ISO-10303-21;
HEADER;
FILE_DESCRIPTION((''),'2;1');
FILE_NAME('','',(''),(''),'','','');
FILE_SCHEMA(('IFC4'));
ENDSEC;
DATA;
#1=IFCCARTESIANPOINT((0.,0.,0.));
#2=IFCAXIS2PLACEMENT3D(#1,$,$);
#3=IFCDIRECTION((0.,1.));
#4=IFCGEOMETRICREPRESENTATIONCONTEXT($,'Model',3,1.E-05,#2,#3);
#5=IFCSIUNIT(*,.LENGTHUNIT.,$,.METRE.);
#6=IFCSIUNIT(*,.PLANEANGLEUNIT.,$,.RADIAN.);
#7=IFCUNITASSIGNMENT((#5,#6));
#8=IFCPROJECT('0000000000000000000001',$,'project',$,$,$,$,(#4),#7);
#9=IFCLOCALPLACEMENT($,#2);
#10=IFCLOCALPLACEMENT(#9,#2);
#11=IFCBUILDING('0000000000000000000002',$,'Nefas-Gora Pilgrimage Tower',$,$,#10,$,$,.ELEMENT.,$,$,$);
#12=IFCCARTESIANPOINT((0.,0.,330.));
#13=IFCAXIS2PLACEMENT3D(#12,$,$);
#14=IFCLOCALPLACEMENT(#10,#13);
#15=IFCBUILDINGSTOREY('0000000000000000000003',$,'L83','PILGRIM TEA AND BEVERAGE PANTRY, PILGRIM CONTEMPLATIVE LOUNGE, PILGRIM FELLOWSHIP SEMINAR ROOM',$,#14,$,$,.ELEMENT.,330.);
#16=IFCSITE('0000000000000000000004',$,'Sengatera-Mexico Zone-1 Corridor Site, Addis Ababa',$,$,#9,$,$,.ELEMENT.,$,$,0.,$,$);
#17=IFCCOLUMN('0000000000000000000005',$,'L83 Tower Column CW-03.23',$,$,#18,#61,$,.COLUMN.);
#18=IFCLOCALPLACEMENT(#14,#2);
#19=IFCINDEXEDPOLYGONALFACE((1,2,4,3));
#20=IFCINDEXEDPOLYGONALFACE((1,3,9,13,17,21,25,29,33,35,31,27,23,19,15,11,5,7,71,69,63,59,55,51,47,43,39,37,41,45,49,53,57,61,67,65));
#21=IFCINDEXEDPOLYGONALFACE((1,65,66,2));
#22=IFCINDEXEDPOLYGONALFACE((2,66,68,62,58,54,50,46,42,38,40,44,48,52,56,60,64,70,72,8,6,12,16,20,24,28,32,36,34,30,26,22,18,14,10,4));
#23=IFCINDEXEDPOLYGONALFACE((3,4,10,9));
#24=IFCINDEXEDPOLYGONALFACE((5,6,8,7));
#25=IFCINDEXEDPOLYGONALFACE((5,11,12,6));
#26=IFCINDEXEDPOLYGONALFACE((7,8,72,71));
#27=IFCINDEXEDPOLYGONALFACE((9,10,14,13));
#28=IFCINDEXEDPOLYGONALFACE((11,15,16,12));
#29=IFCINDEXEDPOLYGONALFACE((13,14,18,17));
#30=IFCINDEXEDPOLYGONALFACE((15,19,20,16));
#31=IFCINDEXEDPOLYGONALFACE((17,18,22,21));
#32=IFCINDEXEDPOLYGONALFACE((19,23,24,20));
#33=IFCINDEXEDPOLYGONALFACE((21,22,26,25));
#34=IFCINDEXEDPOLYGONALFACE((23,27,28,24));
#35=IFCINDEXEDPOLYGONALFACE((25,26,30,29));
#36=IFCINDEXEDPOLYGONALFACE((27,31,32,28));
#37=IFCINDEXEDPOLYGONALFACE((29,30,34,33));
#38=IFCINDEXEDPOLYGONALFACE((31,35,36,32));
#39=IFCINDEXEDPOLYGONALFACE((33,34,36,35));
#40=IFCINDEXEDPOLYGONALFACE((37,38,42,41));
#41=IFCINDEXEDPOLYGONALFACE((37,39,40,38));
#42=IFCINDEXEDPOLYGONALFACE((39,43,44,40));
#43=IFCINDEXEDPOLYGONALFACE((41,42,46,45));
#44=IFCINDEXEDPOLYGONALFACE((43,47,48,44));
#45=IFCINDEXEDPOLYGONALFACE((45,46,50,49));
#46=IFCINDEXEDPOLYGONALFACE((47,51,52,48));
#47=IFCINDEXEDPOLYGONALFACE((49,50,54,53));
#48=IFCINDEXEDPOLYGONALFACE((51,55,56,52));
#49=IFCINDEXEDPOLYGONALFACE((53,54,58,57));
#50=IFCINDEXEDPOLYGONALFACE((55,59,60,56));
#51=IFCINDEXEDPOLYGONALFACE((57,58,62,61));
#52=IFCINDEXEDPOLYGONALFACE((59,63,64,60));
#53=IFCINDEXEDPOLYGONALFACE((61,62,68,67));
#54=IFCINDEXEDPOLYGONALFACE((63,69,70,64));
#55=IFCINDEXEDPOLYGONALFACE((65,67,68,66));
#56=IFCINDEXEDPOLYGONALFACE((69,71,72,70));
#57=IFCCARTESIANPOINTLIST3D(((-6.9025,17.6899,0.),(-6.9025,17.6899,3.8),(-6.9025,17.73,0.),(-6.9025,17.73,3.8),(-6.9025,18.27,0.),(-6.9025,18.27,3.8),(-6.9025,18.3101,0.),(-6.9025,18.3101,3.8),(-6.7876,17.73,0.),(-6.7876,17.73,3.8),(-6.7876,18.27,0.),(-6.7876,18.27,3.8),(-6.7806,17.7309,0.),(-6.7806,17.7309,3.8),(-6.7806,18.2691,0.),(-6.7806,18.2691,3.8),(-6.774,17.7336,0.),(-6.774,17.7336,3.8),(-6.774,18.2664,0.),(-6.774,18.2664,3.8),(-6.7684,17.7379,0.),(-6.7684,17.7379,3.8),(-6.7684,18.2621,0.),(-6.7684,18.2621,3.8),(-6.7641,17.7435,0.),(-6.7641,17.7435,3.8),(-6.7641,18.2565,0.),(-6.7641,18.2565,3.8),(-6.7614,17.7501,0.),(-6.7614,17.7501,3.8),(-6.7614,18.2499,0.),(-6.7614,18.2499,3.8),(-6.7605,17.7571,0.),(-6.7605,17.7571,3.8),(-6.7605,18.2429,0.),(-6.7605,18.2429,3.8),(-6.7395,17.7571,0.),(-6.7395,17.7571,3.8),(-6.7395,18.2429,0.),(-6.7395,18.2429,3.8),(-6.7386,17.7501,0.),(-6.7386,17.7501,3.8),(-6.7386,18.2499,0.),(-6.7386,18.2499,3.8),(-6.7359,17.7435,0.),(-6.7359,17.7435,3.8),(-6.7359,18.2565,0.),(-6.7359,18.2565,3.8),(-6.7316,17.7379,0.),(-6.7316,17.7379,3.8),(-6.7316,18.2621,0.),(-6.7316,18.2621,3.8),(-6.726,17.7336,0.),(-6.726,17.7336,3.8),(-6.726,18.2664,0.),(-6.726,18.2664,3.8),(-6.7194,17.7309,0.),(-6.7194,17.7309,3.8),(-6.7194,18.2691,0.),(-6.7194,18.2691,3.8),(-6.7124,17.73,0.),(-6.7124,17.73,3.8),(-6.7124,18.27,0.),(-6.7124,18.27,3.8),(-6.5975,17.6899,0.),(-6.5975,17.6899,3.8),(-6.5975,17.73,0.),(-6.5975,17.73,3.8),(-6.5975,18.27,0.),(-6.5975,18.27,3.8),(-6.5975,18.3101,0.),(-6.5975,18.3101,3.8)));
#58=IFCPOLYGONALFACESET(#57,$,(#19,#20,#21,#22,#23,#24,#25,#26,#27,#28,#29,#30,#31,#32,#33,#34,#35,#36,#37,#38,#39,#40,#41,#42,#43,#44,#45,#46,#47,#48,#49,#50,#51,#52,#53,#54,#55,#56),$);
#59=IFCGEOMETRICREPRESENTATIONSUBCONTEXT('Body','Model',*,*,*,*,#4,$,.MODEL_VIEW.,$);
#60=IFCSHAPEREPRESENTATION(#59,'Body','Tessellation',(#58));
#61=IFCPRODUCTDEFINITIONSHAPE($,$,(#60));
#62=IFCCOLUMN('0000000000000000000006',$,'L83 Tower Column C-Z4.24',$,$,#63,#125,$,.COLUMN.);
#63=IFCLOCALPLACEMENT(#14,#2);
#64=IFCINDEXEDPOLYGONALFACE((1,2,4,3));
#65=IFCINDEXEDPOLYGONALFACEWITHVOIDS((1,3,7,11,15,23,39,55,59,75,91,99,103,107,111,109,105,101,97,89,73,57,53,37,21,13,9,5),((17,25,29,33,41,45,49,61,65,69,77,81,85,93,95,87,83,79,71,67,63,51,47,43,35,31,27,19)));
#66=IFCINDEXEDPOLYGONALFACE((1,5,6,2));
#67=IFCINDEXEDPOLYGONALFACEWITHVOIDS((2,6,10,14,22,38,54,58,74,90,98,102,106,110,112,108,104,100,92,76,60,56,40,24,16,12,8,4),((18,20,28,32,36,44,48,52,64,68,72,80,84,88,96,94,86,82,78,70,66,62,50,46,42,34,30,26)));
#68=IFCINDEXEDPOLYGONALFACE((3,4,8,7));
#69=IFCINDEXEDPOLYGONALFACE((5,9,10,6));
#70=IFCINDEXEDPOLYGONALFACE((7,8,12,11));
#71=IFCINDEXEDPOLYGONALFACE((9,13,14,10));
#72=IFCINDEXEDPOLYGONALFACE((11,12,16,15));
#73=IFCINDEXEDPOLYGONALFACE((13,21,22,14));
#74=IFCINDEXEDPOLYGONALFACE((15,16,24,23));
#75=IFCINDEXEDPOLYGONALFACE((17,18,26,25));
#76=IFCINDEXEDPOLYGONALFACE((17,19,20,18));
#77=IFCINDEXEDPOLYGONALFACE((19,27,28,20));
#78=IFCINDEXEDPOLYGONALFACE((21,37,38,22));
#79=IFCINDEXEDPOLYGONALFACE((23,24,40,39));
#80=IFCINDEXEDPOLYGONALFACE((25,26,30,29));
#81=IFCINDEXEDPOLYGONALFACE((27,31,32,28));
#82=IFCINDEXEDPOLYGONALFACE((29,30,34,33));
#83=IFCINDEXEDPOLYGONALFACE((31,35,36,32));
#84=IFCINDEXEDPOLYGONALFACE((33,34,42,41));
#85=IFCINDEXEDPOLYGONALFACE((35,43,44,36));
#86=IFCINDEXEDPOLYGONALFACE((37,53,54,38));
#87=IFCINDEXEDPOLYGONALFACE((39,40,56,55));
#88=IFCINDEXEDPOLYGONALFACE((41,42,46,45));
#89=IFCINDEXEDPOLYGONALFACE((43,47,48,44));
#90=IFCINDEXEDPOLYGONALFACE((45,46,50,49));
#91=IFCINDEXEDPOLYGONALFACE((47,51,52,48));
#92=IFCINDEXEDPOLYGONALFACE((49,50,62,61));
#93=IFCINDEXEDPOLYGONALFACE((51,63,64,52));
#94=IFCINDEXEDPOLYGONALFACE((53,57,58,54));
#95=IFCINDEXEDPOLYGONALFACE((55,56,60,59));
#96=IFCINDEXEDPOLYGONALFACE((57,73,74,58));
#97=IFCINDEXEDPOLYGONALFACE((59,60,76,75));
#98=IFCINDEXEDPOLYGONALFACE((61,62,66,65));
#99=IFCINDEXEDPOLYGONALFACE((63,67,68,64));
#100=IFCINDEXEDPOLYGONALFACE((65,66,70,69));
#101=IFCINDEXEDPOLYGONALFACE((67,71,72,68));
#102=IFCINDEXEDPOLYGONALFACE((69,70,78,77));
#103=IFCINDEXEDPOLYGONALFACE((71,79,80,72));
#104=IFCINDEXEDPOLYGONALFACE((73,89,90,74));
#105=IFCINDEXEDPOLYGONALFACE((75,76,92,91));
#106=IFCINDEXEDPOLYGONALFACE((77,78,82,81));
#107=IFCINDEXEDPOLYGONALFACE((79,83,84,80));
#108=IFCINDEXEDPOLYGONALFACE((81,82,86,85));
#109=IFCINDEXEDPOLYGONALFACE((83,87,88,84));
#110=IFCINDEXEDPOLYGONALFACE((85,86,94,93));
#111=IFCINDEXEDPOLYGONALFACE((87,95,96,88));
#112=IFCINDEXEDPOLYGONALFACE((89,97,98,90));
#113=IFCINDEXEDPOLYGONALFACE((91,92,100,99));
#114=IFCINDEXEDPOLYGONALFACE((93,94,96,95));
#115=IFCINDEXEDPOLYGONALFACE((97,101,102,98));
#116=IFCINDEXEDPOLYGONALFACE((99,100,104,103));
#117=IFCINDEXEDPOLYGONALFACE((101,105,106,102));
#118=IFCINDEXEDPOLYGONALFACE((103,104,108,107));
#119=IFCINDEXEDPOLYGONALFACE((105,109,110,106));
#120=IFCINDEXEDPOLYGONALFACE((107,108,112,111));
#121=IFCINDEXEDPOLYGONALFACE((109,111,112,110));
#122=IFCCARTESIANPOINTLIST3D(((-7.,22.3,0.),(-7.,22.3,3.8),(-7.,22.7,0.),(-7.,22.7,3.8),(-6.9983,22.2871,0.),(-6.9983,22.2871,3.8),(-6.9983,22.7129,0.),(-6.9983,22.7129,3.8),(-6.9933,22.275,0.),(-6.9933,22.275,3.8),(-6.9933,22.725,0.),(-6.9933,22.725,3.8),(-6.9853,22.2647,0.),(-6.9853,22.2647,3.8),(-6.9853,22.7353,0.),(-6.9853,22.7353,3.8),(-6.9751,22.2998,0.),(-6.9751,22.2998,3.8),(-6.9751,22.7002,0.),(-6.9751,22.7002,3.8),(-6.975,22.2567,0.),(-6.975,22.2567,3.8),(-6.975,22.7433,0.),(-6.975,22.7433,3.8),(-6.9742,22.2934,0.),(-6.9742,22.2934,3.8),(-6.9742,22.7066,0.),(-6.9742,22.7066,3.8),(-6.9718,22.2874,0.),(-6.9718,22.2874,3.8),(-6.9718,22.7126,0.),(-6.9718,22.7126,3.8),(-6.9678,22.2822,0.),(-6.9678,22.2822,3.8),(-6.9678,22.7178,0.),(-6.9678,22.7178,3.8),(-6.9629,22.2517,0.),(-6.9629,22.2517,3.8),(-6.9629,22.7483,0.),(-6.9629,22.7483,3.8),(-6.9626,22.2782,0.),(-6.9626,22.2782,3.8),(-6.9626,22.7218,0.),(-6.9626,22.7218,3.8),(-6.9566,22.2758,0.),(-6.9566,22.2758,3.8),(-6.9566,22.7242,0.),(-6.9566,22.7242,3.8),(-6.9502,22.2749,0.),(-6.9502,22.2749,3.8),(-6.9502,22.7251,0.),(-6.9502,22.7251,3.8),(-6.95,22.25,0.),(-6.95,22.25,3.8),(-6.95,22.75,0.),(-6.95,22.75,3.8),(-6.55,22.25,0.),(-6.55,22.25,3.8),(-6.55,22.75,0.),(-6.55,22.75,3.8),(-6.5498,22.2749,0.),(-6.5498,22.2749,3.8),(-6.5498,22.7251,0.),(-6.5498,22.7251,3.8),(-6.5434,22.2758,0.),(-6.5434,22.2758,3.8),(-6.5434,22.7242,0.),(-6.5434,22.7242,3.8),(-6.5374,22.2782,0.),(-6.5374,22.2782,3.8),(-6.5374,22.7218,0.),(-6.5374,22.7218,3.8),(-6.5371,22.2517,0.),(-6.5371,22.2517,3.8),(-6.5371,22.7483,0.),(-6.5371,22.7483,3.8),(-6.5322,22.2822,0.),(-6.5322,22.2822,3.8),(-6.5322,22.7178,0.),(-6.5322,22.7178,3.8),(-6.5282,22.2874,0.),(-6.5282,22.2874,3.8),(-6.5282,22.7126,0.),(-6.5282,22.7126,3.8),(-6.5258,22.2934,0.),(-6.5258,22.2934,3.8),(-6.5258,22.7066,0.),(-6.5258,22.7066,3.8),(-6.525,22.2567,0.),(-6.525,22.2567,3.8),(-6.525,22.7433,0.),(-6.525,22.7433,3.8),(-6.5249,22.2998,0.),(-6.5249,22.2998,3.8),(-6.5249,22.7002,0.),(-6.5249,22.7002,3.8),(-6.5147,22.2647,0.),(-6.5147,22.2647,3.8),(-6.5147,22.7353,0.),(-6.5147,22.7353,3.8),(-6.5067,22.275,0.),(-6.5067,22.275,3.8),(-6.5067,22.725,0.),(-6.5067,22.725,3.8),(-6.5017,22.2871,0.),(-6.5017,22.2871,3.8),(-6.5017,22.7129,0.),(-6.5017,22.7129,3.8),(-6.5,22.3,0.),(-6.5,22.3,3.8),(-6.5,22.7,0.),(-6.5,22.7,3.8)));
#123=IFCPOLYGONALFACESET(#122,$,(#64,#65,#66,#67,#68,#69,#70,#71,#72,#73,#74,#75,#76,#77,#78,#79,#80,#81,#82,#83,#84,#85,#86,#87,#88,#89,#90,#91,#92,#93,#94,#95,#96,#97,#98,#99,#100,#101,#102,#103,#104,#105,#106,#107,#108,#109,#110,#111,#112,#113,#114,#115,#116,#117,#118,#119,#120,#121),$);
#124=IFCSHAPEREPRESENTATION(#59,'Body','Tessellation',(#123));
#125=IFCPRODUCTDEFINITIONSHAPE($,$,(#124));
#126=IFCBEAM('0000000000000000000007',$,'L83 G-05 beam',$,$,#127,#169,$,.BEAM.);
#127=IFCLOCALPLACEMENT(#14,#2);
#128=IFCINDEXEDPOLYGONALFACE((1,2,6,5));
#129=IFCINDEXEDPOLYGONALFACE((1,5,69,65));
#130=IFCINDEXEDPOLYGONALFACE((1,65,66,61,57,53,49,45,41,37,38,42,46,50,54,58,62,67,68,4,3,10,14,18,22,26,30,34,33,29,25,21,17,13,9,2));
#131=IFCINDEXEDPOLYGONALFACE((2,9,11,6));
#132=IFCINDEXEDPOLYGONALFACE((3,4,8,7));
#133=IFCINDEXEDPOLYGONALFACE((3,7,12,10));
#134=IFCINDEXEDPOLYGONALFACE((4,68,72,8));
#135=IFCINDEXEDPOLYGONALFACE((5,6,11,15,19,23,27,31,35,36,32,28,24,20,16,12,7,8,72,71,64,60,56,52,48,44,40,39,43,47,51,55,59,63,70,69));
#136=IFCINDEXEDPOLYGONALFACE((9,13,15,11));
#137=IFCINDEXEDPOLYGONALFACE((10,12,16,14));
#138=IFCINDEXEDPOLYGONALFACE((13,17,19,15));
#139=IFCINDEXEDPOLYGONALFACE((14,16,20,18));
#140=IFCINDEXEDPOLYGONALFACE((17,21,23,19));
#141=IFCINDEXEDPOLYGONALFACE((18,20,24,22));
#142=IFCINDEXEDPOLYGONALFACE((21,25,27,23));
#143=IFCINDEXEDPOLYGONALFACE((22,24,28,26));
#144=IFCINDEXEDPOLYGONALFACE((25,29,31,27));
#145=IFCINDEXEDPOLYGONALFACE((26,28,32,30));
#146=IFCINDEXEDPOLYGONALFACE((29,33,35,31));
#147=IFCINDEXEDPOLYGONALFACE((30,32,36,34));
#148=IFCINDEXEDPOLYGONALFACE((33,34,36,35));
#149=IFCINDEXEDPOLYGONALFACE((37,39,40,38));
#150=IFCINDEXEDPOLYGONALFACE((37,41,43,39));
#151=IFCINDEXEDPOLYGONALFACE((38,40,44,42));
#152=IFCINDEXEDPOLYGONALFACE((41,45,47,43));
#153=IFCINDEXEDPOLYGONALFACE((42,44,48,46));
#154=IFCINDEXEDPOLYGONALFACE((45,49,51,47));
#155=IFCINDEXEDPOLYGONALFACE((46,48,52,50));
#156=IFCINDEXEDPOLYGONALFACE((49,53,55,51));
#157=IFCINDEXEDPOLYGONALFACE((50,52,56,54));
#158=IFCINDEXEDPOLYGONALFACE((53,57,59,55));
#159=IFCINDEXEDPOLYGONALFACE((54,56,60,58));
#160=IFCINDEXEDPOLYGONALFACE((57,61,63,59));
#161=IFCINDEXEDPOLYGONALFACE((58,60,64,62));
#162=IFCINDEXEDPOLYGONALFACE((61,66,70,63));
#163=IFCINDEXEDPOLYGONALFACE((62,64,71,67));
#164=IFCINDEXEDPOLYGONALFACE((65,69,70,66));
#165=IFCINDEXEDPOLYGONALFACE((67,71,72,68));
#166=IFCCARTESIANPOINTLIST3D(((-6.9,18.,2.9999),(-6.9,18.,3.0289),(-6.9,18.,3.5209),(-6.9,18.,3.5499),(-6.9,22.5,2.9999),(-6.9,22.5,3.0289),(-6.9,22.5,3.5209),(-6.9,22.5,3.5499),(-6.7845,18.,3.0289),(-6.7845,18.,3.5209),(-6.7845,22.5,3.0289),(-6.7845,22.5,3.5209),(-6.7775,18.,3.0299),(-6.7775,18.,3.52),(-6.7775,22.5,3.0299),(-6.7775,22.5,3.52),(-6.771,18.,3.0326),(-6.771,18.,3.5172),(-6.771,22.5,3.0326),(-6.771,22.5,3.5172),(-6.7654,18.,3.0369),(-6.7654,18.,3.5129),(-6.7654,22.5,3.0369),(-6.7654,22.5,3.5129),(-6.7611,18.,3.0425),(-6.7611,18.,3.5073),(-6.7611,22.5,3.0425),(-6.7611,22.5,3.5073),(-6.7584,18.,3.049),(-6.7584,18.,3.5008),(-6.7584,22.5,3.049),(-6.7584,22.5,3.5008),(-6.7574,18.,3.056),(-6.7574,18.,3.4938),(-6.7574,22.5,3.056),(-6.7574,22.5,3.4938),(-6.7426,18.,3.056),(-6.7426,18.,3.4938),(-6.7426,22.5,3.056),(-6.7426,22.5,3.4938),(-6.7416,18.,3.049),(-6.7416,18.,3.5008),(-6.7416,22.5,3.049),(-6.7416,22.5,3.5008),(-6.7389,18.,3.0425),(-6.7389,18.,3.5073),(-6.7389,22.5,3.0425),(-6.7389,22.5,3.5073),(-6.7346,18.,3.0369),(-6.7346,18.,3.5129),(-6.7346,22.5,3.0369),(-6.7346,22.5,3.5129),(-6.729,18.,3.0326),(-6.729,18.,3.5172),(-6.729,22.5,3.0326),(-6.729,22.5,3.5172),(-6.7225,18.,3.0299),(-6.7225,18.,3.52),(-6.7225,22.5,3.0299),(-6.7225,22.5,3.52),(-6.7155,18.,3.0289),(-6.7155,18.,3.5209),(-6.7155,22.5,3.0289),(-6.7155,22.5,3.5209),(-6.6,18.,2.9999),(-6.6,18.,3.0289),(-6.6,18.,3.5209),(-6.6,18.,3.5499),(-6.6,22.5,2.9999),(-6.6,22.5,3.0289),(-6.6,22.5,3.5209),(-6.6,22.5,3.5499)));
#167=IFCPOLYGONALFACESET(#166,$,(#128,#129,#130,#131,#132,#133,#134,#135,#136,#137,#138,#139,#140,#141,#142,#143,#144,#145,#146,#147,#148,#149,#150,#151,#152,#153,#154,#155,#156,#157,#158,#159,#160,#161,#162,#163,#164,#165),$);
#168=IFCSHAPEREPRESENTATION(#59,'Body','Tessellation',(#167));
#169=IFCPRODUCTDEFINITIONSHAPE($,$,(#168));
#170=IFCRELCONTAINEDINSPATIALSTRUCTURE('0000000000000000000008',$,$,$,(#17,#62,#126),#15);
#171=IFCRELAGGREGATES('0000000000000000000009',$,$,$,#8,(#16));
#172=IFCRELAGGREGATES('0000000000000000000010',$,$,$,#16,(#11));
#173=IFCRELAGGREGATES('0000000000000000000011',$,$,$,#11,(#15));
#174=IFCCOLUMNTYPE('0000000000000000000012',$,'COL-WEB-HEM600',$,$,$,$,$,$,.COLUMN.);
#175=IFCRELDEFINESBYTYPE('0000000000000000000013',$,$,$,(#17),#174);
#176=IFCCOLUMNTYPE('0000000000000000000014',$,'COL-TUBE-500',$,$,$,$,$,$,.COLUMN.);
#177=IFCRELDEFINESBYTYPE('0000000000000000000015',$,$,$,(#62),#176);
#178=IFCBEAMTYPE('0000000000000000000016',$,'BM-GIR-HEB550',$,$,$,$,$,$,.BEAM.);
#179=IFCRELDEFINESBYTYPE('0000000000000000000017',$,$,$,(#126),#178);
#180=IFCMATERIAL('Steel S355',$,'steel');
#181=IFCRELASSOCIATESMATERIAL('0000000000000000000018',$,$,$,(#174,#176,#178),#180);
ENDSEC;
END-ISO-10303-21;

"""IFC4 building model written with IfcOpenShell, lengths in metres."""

from ifc_helpers import new_model, si_unit, direction, frame, origin, origin_2d, place, context, subcontext, project, spatial, hollow_rectangle, i_section, extrude, source, transform, mapped, material, material_profile, profile_set, type_object, element, save


model = new_model("IFC4")

# Units and contexts
model_context = context("Model", 3, precision=1e-05, world=origin(), true_north=direction((0.0, 1.0)))
body_context = subcontext(model_context, "Body", "Model", "MODEL_VIEW")
ifc_project = project(units=[si_unit("LENGTHUNIT", "METRE"), si_unit("PLANEANGLEUNIT", "RADIAN")], contexts=[model_context])

# Site, building, storey
site_placement = place(None, origin())
site = spatial("IfcSite", under=ifc_project, at=site_placement, Name="Sengatera-Mexico Zone-1 Corridor Site, Addis Ababa", CompositionType="ELEMENT", RefElevation=0.0)
building_placement = place(site_placement, origin())
building = spatial("IfcBuilding", under=site, at=building_placement, Name="Nefas-Gora Pilgrimage Tower", CompositionType="ELEMENT")
storey_placement = place(building_placement, frame((0.0, 0.0, 330.0)))
storey = spatial("IfcBuildingStorey", under=building, at=storey_placement, Name="L83", Description="PILGRIM TEA AND BEVERAGE PANTRY, PILGRIM CONTEMPLATIVE LOUNGE, PILGRIM FELLOWSHIP SEMINAR ROOM", CompositionType="ELEMENT", Elevation=330.0)

# Columns
ifc_material_1 = material(Name="Steel S355", Category="steel")
ifc_material_profile_1 = material_profile(ifc_material_1, i_section(OverallWidth=0.3049, OverallDepth=0.6201, WebThickness=0.021, FlangeThickness=0.04, FilletRadius=0.0271, at=origin_2d()), Name="HEM 600")
ifc_profile_set_1 = profile_set([ifc_material_profile_1], Name="Steel S355")
column_type_1 = type_object("IfcColumnType", Name="COL-WEB-HEM600", PredefinedType="COLUMN", material=ifc_profile_set_1)
shared_shape_1 = source(origin(), body_context, "Body", "SweptSolid", [
    extrude(i_section(OverallWidth=0.3049, OverallDepth=0.6201, WebThickness=0.021, FlangeThickness=0.04, FilletRadius=0.0271, at=origin_2d()), origin(), (0.0, 0.0, 1.0), 3.8),
])
column_1_placement = place(storey_placement, frame((-6.75, 18.0, 0.0), z_axis=(0.0, 0.0, 1.0), x_axis=(1.0, 0.0, 0.0)))
element("IfcColumn", 1, at=column_1_placement, inside=storey, type_object=column_type_1, Name="L83 Tower Column CW-03.23", PredefinedType="COLUMN", context=body_context, shape_type="MappedRepresentation", body=[
    mapped(shared_shape_1, transform((0.0, 0.0, 0.0), x_axis=(1.0, 0.0, 0.0), y_axis=(0.0, 1.0, 0.0), z_axis=(0.0, 0.0, 1.0), scale=1.0)),
])
ifc_material_profile_2 = material_profile(ifc_material_1, hollow_rectangle(XDim=0.5, YDim=0.5, WallThickness=0.0249, InnerFilletRadius=0.0249, OuterFilletRadius=0.05, at=origin_2d()), Name="SHS 500x500x25")
ifc_profile_set_2 = profile_set([ifc_material_profile_2], Name="Steel S355")
column_type_2 = type_object("IfcColumnType", Name="COL-TUBE-500", PredefinedType="COLUMN", material=ifc_profile_set_2)
shared_shape_2 = source(origin(), body_context, "Body", "SweptSolid", [
    extrude(hollow_rectangle(XDim=0.5, YDim=0.5, WallThickness=0.0249, InnerFilletRadius=0.0249, OuterFilletRadius=0.05, at=origin_2d()), origin(), (0.0, 0.0, 1.0), 3.8),
])
column_2_placement = place(storey_placement, frame((-6.75, 22.5, 0.0), z_axis=(0.0, 0.0, 1.0), x_axis=(1.0, 0.0, 0.0)))
element("IfcColumn", 2, at=column_2_placement, inside=storey, type_object=column_type_2, Name="L83 Tower Column C-Z4.24", PredefinedType="COLUMN", context=body_context, shape_type="MappedRepresentation", body=[
    mapped(shared_shape_2, transform((0.0, 0.0, 0.0), x_axis=(1.0, 0.0, 0.0), y_axis=(0.0, 1.0, 0.0), z_axis=(0.0, 0.0, 1.0), scale=1.0)),
])

# Beam
ifc_material_profile_3 = material_profile(ifc_material_1, i_section(OverallWidth=0.3, OverallDepth=0.55, WebThickness=0.0149, FlangeThickness=0.0291, FilletRadius=0.0271, at=origin_2d()), Name="HEB 550")
ifc_profile_set_3 = profile_set([ifc_material_profile_3], Name="Steel S355")
beam_type = type_object("IfcBeamType", Name="BM-GIR-HEB550", PredefinedType="BEAM", material=ifc_profile_set_3)
shared_shape_3 = source(origin(), body_context, "Body", "SweptSolid", [
    extrude(i_section(OverallWidth=0.3, OverallDepth=0.55, WebThickness=0.0149, FlangeThickness=0.0291, FilletRadius=0.0271, at=origin_2d()), origin(), (0.0, 0.0, 1.0), 4.5),
])
for number, where, z_axis, x_axis, name in (
    (3, (-6.75, 18.0, 3.2749), (0.0, 1.0, 0.0), (-1.0, 0.0, 0.0), "L83 G-05 beam"),
):
    element("IfcBeam", number, at=place(storey_placement, frame(where, z_axis=z_axis, x_axis=x_axis)), inside=storey, type_object=beam_type, Name=name, PredefinedType="BEAM", context=body_context, shape_type="MappedRepresentation", body=[
        mapped(shared_shape_3, transform((0.0, 0.0, 0.0), x_axis=(1.0, 0.0, 0.0), y_axis=(0.0, 1.0, 0.0), z_axis=(0.0, 0.0, 1.0), scale=1.0)),
    ])

save(model, "model.ifc")
